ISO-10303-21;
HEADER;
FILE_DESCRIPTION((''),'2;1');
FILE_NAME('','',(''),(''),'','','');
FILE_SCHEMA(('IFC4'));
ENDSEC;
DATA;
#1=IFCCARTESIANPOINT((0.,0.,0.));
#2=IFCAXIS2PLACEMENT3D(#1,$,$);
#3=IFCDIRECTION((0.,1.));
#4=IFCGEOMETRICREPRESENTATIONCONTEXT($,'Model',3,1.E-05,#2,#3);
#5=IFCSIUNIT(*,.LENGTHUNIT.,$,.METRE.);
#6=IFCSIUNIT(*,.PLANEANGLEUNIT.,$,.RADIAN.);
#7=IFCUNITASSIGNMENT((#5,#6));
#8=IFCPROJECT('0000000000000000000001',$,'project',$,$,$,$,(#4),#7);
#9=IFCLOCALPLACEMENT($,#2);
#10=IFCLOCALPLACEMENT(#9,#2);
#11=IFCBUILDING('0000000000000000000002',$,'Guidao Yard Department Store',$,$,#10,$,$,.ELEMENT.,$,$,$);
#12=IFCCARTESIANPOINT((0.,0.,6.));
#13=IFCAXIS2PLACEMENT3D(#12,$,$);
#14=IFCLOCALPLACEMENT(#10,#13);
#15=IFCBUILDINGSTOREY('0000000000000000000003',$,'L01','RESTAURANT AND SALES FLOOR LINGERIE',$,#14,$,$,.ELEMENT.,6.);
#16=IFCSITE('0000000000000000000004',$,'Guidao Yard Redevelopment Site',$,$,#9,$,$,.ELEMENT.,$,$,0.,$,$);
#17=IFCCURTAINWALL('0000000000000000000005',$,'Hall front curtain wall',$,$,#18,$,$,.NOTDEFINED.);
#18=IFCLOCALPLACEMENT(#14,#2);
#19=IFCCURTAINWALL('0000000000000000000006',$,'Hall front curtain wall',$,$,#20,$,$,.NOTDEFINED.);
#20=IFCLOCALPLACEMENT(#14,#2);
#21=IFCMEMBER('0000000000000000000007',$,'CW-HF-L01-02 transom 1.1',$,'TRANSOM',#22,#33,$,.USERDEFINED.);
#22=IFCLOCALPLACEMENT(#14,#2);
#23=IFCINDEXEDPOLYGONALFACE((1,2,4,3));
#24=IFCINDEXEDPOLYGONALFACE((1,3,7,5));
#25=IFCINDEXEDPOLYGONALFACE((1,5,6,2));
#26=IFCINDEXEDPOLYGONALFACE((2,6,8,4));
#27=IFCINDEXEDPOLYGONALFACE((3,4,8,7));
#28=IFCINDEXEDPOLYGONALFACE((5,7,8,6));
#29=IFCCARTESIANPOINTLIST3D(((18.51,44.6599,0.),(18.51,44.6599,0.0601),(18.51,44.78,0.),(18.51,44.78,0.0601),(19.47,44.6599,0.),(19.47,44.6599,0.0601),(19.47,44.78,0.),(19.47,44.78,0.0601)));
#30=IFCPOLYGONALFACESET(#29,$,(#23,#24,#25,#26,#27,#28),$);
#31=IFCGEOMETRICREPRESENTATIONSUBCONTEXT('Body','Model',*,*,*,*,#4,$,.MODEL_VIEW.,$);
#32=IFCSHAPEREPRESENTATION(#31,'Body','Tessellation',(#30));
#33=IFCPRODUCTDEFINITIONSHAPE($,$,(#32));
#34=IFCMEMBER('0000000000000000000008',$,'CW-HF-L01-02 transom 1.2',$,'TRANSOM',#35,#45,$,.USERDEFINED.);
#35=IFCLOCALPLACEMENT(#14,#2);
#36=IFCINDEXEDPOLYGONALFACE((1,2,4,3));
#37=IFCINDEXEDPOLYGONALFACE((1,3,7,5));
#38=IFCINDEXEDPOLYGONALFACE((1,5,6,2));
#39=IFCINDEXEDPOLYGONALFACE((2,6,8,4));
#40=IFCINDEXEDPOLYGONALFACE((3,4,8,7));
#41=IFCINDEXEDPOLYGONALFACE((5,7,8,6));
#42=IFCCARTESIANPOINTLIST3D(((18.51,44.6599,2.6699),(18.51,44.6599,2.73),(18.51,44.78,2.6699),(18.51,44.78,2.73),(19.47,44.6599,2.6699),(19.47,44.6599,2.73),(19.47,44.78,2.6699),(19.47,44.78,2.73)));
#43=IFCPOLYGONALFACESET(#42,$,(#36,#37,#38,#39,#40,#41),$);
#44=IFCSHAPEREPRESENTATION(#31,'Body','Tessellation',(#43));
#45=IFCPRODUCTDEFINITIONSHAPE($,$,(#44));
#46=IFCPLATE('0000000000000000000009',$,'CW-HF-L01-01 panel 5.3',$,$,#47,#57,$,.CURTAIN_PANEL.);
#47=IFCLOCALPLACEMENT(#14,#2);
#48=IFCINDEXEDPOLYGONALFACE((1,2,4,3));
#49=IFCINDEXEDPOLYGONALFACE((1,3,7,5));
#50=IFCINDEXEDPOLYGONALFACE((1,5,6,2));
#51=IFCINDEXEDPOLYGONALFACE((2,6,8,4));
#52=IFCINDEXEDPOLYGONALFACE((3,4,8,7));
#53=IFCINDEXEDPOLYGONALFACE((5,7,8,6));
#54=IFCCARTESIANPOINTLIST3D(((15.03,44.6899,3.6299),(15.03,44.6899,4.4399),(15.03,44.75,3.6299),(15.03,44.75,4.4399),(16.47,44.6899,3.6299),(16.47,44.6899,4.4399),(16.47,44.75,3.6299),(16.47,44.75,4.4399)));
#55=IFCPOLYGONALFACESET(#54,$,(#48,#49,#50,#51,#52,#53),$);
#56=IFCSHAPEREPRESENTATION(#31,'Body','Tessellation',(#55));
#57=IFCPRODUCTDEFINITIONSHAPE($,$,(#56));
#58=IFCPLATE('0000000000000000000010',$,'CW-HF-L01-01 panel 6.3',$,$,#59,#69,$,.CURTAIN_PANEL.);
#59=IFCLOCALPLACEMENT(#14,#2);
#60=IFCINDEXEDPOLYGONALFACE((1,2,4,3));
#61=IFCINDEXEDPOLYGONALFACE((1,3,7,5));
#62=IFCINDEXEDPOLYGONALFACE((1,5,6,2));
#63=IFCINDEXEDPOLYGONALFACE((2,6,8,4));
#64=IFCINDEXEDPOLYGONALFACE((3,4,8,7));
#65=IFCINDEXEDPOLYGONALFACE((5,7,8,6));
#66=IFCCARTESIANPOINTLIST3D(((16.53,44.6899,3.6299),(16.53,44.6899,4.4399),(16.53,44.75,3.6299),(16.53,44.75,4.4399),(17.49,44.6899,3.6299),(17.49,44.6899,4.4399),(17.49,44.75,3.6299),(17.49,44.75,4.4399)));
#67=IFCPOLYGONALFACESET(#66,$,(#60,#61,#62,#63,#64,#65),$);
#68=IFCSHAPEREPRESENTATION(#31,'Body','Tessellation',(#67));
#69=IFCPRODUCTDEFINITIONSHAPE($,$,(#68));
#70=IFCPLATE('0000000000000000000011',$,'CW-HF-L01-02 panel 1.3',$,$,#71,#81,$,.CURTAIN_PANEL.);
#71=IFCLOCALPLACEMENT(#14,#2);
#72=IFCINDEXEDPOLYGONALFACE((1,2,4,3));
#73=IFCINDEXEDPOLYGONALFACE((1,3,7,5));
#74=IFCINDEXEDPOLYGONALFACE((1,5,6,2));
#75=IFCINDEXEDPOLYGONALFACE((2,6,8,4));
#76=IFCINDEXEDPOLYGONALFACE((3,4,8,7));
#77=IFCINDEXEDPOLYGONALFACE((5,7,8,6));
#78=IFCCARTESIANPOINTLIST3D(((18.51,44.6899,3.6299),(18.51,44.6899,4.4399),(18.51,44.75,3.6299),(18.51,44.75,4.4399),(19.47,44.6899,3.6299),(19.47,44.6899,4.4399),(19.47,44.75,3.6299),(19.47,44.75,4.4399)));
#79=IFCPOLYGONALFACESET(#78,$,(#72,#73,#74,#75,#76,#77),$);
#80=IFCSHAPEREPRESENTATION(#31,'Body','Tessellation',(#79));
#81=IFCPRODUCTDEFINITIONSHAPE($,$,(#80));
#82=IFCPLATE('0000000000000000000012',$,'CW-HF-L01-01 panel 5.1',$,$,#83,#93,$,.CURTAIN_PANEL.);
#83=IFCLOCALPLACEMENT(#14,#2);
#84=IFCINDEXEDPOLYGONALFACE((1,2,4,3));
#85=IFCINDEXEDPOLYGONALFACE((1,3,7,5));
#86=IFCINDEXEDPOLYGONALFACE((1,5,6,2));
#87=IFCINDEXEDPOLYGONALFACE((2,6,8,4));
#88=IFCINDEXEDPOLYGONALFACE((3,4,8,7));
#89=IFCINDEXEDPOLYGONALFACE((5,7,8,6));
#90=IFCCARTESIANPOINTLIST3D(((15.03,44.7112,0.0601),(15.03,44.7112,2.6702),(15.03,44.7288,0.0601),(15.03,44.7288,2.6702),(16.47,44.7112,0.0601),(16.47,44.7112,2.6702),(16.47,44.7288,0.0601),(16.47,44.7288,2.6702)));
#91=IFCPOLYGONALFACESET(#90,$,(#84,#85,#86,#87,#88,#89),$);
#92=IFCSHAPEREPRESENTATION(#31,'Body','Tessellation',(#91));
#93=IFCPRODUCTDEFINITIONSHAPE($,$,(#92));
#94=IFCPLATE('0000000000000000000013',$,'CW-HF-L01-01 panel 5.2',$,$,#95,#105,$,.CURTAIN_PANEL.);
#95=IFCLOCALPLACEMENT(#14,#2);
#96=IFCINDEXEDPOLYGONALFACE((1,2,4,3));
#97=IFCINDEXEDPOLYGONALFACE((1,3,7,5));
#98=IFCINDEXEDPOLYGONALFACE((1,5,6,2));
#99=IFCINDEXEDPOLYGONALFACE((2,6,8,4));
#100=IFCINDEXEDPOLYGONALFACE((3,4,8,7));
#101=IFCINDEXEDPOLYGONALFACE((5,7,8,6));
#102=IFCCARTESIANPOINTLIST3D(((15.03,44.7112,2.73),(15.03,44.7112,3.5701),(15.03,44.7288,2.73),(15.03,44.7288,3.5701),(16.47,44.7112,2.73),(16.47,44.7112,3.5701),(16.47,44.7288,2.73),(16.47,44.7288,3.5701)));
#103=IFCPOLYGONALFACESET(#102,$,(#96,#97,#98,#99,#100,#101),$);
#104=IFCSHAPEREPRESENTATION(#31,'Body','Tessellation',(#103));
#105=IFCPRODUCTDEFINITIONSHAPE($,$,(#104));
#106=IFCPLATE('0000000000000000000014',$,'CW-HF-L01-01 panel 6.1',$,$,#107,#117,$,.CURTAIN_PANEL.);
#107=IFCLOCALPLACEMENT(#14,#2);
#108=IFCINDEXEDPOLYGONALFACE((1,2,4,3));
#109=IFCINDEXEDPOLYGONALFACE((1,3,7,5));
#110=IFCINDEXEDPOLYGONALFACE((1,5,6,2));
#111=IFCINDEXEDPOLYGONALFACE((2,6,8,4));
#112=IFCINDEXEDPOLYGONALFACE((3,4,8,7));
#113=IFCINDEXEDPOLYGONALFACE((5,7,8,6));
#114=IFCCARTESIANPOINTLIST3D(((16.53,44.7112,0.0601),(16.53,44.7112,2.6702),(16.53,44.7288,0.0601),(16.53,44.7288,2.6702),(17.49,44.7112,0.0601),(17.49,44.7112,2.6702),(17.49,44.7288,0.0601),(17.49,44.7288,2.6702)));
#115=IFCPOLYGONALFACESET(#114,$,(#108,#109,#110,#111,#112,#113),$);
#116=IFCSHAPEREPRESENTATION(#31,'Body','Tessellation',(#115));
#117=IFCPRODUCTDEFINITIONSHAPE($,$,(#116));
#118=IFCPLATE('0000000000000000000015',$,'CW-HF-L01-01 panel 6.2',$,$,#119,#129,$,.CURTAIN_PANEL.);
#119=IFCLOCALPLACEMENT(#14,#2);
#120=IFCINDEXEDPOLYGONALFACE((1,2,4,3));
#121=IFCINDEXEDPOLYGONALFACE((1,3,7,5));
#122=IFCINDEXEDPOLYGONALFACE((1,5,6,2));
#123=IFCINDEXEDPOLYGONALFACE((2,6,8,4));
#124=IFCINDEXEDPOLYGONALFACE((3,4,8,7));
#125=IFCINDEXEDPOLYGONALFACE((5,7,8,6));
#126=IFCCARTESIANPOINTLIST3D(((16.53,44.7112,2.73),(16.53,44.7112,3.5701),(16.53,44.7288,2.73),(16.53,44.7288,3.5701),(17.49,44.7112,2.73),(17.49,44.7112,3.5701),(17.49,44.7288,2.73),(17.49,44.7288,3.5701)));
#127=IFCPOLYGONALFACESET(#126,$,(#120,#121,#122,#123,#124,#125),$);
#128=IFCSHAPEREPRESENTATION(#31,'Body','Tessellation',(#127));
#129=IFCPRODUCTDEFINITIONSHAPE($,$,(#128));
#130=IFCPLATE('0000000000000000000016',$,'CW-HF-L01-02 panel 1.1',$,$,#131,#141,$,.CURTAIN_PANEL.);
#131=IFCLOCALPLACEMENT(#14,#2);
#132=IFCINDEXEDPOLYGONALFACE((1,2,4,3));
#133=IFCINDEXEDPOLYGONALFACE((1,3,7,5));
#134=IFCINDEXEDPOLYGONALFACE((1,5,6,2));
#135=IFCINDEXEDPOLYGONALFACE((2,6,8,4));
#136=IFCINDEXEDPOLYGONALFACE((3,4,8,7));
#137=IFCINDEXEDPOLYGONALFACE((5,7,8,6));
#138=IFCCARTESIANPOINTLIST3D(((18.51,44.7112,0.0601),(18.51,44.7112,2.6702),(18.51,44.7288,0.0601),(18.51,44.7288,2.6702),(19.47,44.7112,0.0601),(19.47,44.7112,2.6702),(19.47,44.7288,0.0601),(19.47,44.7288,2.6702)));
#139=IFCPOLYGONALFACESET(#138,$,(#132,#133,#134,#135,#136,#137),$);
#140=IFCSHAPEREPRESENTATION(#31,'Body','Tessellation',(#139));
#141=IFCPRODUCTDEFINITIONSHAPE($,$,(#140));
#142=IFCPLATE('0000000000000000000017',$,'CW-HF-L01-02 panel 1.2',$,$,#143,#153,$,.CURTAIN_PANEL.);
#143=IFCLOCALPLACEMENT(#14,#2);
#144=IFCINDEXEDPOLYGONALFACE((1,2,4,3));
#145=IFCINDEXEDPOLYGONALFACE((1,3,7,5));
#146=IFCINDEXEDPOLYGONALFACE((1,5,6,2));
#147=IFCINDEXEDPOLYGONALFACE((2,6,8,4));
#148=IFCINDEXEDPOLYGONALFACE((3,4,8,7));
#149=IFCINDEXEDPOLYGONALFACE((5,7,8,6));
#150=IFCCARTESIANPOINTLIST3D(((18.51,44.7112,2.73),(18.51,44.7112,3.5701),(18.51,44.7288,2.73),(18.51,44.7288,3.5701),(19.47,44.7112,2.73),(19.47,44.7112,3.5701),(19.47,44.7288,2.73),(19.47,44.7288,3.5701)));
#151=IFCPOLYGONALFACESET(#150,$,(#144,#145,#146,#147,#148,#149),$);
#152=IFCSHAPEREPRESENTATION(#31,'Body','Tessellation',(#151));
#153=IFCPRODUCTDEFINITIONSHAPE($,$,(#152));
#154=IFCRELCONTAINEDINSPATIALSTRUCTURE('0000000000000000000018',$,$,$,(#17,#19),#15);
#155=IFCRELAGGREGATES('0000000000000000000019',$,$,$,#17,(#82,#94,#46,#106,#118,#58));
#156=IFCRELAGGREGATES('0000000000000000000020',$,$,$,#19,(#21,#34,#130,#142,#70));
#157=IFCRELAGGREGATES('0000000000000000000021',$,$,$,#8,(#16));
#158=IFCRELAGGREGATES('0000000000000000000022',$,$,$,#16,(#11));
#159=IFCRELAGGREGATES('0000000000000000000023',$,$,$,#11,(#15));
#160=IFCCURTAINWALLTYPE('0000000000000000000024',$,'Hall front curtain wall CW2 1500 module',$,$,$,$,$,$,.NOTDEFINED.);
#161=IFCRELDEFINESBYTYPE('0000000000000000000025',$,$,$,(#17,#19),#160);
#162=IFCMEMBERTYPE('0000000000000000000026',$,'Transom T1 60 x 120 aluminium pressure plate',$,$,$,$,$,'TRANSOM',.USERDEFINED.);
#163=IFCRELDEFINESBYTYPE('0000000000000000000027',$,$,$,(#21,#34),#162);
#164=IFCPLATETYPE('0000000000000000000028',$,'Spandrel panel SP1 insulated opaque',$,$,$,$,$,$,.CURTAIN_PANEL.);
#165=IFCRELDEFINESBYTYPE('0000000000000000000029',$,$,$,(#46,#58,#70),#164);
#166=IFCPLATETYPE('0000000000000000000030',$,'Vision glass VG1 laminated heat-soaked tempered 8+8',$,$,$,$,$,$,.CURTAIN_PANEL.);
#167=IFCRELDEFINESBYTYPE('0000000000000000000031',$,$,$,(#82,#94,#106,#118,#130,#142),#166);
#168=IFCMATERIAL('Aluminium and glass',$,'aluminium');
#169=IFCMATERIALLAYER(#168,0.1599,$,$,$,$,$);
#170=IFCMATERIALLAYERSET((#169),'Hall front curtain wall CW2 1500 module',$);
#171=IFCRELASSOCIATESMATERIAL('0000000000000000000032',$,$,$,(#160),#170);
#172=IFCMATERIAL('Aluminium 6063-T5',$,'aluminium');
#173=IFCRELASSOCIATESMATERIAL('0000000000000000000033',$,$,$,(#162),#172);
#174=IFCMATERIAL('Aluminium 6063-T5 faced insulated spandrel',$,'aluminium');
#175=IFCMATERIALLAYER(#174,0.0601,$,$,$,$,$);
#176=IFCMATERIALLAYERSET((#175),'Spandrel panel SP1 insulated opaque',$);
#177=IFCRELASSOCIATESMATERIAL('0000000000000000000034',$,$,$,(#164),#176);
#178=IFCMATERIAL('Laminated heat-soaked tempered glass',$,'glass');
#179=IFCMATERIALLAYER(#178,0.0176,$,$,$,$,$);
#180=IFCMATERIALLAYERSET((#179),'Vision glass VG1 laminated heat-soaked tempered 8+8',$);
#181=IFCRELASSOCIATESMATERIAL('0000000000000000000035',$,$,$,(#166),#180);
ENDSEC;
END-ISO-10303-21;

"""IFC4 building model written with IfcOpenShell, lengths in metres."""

from ifc_helpers import new_model, si_unit, direction, frame, origin, origin_2d, place, context, subcontext, project, spatial, rectangle, extrude, material, layer, layer_set, material_profile, profile_set, type_object, element, aggregate, save


model = new_model("IFC4")

# Units and contexts
model_context = context("Model", 3, precision=1e-05, world=origin(), true_north=direction((0.0, 1.0)))
body_context = subcontext(model_context, "Body", "Model", "MODEL_VIEW")
ifc_project = project(units=[si_unit("LENGTHUNIT", "METRE"), si_unit("PLANEANGLEUNIT", "RADIAN")], contexts=[model_context])

# Site, building, storey
site_placement = place(None, origin())
site = spatial("IfcSite", under=ifc_project, at=site_placement, Name="Guidao Yard Redevelopment Site", CompositionType="ELEMENT", RefElevation=0.0)
building_placement = place(site_placement, origin())
building = spatial("IfcBuilding", under=site, at=building_placement, Name="Guidao Yard Department Store", CompositionType="ELEMENT")
storey_placement = place(building_placement, frame((0.0, 0.0, 6.0)))
storey = spatial("IfcBuildingStorey", under=building, at=storey_placement, Name="L01", Description="RESTAURANT AND SALES FLOOR LINGERIE", CompositionType="ELEMENT", Elevation=6.0)

# Curtain wall
ifc_material_1 = material(Name="Aluminium and glass", Category="aluminium")
ifc_layer_1 = layer(ifc_material_1, 0.1599)
ifc_layer_set_1 = layer_set([ifc_layer_1], Name="Hall front curtain wall CW2 1500 module")
curtain_wall_type = type_object("IfcCurtainWallType", Name="Hall front curtain wall CW2 1500 module", PredefinedType="NOTDEFINED", material=ifc_layer_set_1)
curtain_wall_1_placement = place(storey_placement, origin())
curtain_wall_1 = element("IfcCurtainWall", 1, at=curtain_wall_1_placement, inside=storey, type_object=curtain_wall_type, Name="Hall front curtain wall", PredefinedType="NOTDEFINED")

# Curtain wall
curtain_wall_2_placement = place(storey_placement, origin())
curtain_wall_2 = element("IfcCurtainWall", 2, at=curtain_wall_2_placement, inside=storey, type_object=curtain_wall_type, Name="Hall front curtain wall", PredefinedType="NOTDEFINED")

# Members
ifc_material_2 = material(Name="Aluminium 6063-T5", Category="aluminium")
ifc_material_profile_1 = material_profile(ifc_material_2, rectangle(XDim=0.1201, YDim=0.0601, at=origin_2d()), Name="Transom T1 60 x 120 aluminium pressure plate")
ifc_profile_set_1 = profile_set([ifc_material_profile_1], Name="Aluminium 6063-T5")
member_type_1 = type_object("IfcMemberType", Name="Transom T1 60 x 120 aluminium pressure plate", ElementType="TRANSOM", PredefinedType="USERDEFINED", material=ifc_profile_set_1)
member_1_placement = place(storey_placement, frame((19.47, 44.72, 0.03), z_axis=(-1.0, 0.0, 0.0), x_axis=(0.0, -1.0, 0.0)))
member_1 = element("IfcMember", 3, at=member_1_placement, type_object=member_type_1, Name="CW-HF-L01-02 transom 1.1", ObjectType="TRANSOM", PredefinedType="USERDEFINED", context=body_context, shape_type="SweptSolid", body=[
    extrude(rectangle(XDim=0.1201, YDim=0.0601, at=origin_2d()), origin(), (0.0, 0.0, 1.0), 0.96),
])
member_2_placement = place(storey_placement, frame((19.47, 44.72, 2.7), z_axis=(-1.0, 0.0, 0.0), x_axis=(0.0, -1.0, 0.0)))
member_2 = element("IfcMember", 4, at=member_2_placement, type_object=member_type_1, Name="CW-HF-L01-02 transom 1.2", ObjectType="TRANSOM", PredefinedType="USERDEFINED", context=body_context, shape_type="SweptSolid", body=[
    extrude(rectangle(XDim=0.1201, YDim=0.0601, at=origin_2d()), origin(), (0.0, 0.0, 1.0), 0.96),
])

# Plates
ifc_material_3 = material(Name="Aluminium 6063-T5 faced insulated spandrel", Category="aluminium")
ifc_layer_2 = layer(ifc_material_3, 0.0601)
ifc_layer_set_2 = layer_set([ifc_layer_2], Name="Spandrel panel SP1 insulated opaque")
plate_type_1 = type_object("IfcPlateType", Name="Spandrel panel SP1 insulated opaque", PredefinedType="CURTAIN_PANEL", material=ifc_layer_set_2)
plate_1_placement = place(storey_placement, frame((15.75, 44.72, 3.6299), z_axis=(0.0, 0.0, 1.0), x_axis=(-1.0, 0.0, 0.0)))
plate_1 = element("IfcPlate", 5, at=plate_1_placement, type_object=plate_type_1, Name="CW-HF-L01-01 panel 5.3", PredefinedType="CURTAIN_PANEL", context=body_context, shape_type="SweptSolid", body=[
    extrude(rectangle(XDim=1.4399, YDim=0.0601, at=origin_2d()), origin(), (0.0, 0.0, 1.0), 0.8101),
])
plate_2_placement = place(storey_placement, frame((17.01, 44.72, 3.6299), z_axis=(0.0, 0.0, 1.0), x_axis=(-1.0, 0.0, 0.0)))
plate_2 = element("IfcPlate", 6, at=plate_2_placement, type_object=plate_type_1, Name="CW-HF-L01-01 panel 6.3", PredefinedType="CURTAIN_PANEL", context=body_context, shape_type="SweptSolid", body=[
    extrude(rectangle(XDim=0.96, YDim=0.0601, at=origin_2d()), origin(), (0.0, 0.0, 1.0), 0.8101),
])
plate_3_placement = place(storey_placement, frame((18.99, 44.72, 3.6299), z_axis=(0.0, 0.0, 1.0), x_axis=(-1.0, 0.0, 0.0)))
plate_3 = element("IfcPlate", 7, at=plate_3_placement, type_object=plate_type_1, Name="CW-HF-L01-02 panel 1.3", PredefinedType="CURTAIN_PANEL", context=body_context, shape_type="SweptSolid", body=[
    extrude(rectangle(XDim=0.96, YDim=0.0601, at=origin_2d()), origin(), (0.0, 0.0, 1.0), 0.8101),
])
ifc_material_4 = material(Name="Laminated heat-soaked tempered glass", Category="glass")
ifc_layer_3 = layer(ifc_material_4, 0.0176)
ifc_layer_set_3 = layer_set([ifc_layer_3], Name="Vision glass VG1 laminated heat-soaked tempered 8+8")
plate_type_2 = type_object("IfcPlateType", Name="Vision glass VG1 laminated heat-soaked tempered 8+8", PredefinedType="CURTAIN_PANEL", material=ifc_layer_set_3)
plate_4_placement = place(storey_placement, frame((15.75, 44.72, 0.0601), z_axis=(0.0, 0.0, 1.0), x_axis=(-1.0, 0.0, 0.0)))
plate_4 = element("IfcPlate", 8, at=plate_4_placement, type_object=plate_type_2, Name="CW-HF-L01-01 panel 5.1", PredefinedType="CURTAIN_PANEL", context=body_context, shape_type="SweptSolid", body=[
    extrude(rectangle(XDim=1.4399, YDim=0.0176, at=origin_2d()), origin(), (0.0, 0.0, 1.0), 2.6101),
])
plate_5_placement = place(storey_placement, frame((15.75, 44.72, 2.73), z_axis=(0.0, 0.0, 1.0), x_axis=(-1.0, 0.0, 0.0)))
plate_5 = element("IfcPlate", 9, at=plate_5_placement, type_object=plate_type_2, Name="CW-HF-L01-01 panel 5.2", PredefinedType="CURTAIN_PANEL", context=body_context, shape_type="SweptSolid", body=[
    extrude(rectangle(XDim=1.4399, YDim=0.0176, at=origin_2d()), origin(), (0.0, 0.0, 1.0), 0.8401),
])
plate_6_placement = place(storey_placement, frame((17.01, 44.72, 0.0601), z_axis=(0.0, 0.0, 1.0), x_axis=(-1.0, 0.0, 0.0)))
plate_6 = element("IfcPlate", 10, at=plate_6_placement, type_object=plate_type_2, Name="CW-HF-L01-01 panel 6.1", PredefinedType="CURTAIN_PANEL", context=body_context, shape_type="SweptSolid", body=[
    extrude(rectangle(XDim=0.96, YDim=0.0176, at=origin_2d()), origin(), (0.0, 0.0, 1.0), 2.6101),
])
plate_7_placement = place(storey_placement, frame((17.01, 44.72, 2.73), z_axis=(0.0, 0.0, 1.0), x_axis=(-1.0, 0.0, 0.0)))
plate_7 = element("IfcPlate", 11, at=plate_7_placement, type_object=plate_type_2, Name="CW-HF-L01-01 panel 6.2", PredefinedType="CURTAIN_PANEL", context=body_context, shape_type="SweptSolid", body=[
    extrude(rectangle(XDim=0.96, YDim=0.0176, at=origin_2d()), origin(), (0.0, 0.0, 1.0), 0.8401),
])
aggregate(curtain_wall_1, [plate_4, plate_5, plate_1, plate_6, plate_7, plate_2])
plate_8_placement = place(storey_placement, frame((18.99, 44.72, 0.0601), z_axis=(0.0, 0.0, 1.0), x_axis=(-1.0, 0.0, 0.0)))
plate_8 = element("IfcPlate", 12, at=plate_8_placement, type_object=plate_type_2, Name="CW-HF-L01-02 panel 1.1", PredefinedType="CURTAIN_PANEL", context=body_context, shape_type="SweptSolid", body=[
    extrude(rectangle(XDim=0.96, YDim=0.0176, at=origin_2d()), origin(), (0.0, 0.0, 1.0), 2.6101),
])
plate_9_placement = place(storey_placement, frame((18.99, 44.72, 2.73), z_axis=(0.0, 0.0, 1.0), x_axis=(-1.0, 0.0, 0.0)))
plate_9 = element("IfcPlate", 13, at=plate_9_placement, type_object=plate_type_2, Name="CW-HF-L01-02 panel 1.2", PredefinedType="CURTAIN_PANEL", context=body_context, shape_type="SweptSolid", body=[
    extrude(rectangle(XDim=0.96, YDim=0.0176, at=origin_2d()), origin(), (0.0, 0.0, 1.0), 0.8401),
])
aggregate(curtain_wall_2, [member_1, member_2, plate_8, plate_9, plate_3])

save(model, "model.ifc")
